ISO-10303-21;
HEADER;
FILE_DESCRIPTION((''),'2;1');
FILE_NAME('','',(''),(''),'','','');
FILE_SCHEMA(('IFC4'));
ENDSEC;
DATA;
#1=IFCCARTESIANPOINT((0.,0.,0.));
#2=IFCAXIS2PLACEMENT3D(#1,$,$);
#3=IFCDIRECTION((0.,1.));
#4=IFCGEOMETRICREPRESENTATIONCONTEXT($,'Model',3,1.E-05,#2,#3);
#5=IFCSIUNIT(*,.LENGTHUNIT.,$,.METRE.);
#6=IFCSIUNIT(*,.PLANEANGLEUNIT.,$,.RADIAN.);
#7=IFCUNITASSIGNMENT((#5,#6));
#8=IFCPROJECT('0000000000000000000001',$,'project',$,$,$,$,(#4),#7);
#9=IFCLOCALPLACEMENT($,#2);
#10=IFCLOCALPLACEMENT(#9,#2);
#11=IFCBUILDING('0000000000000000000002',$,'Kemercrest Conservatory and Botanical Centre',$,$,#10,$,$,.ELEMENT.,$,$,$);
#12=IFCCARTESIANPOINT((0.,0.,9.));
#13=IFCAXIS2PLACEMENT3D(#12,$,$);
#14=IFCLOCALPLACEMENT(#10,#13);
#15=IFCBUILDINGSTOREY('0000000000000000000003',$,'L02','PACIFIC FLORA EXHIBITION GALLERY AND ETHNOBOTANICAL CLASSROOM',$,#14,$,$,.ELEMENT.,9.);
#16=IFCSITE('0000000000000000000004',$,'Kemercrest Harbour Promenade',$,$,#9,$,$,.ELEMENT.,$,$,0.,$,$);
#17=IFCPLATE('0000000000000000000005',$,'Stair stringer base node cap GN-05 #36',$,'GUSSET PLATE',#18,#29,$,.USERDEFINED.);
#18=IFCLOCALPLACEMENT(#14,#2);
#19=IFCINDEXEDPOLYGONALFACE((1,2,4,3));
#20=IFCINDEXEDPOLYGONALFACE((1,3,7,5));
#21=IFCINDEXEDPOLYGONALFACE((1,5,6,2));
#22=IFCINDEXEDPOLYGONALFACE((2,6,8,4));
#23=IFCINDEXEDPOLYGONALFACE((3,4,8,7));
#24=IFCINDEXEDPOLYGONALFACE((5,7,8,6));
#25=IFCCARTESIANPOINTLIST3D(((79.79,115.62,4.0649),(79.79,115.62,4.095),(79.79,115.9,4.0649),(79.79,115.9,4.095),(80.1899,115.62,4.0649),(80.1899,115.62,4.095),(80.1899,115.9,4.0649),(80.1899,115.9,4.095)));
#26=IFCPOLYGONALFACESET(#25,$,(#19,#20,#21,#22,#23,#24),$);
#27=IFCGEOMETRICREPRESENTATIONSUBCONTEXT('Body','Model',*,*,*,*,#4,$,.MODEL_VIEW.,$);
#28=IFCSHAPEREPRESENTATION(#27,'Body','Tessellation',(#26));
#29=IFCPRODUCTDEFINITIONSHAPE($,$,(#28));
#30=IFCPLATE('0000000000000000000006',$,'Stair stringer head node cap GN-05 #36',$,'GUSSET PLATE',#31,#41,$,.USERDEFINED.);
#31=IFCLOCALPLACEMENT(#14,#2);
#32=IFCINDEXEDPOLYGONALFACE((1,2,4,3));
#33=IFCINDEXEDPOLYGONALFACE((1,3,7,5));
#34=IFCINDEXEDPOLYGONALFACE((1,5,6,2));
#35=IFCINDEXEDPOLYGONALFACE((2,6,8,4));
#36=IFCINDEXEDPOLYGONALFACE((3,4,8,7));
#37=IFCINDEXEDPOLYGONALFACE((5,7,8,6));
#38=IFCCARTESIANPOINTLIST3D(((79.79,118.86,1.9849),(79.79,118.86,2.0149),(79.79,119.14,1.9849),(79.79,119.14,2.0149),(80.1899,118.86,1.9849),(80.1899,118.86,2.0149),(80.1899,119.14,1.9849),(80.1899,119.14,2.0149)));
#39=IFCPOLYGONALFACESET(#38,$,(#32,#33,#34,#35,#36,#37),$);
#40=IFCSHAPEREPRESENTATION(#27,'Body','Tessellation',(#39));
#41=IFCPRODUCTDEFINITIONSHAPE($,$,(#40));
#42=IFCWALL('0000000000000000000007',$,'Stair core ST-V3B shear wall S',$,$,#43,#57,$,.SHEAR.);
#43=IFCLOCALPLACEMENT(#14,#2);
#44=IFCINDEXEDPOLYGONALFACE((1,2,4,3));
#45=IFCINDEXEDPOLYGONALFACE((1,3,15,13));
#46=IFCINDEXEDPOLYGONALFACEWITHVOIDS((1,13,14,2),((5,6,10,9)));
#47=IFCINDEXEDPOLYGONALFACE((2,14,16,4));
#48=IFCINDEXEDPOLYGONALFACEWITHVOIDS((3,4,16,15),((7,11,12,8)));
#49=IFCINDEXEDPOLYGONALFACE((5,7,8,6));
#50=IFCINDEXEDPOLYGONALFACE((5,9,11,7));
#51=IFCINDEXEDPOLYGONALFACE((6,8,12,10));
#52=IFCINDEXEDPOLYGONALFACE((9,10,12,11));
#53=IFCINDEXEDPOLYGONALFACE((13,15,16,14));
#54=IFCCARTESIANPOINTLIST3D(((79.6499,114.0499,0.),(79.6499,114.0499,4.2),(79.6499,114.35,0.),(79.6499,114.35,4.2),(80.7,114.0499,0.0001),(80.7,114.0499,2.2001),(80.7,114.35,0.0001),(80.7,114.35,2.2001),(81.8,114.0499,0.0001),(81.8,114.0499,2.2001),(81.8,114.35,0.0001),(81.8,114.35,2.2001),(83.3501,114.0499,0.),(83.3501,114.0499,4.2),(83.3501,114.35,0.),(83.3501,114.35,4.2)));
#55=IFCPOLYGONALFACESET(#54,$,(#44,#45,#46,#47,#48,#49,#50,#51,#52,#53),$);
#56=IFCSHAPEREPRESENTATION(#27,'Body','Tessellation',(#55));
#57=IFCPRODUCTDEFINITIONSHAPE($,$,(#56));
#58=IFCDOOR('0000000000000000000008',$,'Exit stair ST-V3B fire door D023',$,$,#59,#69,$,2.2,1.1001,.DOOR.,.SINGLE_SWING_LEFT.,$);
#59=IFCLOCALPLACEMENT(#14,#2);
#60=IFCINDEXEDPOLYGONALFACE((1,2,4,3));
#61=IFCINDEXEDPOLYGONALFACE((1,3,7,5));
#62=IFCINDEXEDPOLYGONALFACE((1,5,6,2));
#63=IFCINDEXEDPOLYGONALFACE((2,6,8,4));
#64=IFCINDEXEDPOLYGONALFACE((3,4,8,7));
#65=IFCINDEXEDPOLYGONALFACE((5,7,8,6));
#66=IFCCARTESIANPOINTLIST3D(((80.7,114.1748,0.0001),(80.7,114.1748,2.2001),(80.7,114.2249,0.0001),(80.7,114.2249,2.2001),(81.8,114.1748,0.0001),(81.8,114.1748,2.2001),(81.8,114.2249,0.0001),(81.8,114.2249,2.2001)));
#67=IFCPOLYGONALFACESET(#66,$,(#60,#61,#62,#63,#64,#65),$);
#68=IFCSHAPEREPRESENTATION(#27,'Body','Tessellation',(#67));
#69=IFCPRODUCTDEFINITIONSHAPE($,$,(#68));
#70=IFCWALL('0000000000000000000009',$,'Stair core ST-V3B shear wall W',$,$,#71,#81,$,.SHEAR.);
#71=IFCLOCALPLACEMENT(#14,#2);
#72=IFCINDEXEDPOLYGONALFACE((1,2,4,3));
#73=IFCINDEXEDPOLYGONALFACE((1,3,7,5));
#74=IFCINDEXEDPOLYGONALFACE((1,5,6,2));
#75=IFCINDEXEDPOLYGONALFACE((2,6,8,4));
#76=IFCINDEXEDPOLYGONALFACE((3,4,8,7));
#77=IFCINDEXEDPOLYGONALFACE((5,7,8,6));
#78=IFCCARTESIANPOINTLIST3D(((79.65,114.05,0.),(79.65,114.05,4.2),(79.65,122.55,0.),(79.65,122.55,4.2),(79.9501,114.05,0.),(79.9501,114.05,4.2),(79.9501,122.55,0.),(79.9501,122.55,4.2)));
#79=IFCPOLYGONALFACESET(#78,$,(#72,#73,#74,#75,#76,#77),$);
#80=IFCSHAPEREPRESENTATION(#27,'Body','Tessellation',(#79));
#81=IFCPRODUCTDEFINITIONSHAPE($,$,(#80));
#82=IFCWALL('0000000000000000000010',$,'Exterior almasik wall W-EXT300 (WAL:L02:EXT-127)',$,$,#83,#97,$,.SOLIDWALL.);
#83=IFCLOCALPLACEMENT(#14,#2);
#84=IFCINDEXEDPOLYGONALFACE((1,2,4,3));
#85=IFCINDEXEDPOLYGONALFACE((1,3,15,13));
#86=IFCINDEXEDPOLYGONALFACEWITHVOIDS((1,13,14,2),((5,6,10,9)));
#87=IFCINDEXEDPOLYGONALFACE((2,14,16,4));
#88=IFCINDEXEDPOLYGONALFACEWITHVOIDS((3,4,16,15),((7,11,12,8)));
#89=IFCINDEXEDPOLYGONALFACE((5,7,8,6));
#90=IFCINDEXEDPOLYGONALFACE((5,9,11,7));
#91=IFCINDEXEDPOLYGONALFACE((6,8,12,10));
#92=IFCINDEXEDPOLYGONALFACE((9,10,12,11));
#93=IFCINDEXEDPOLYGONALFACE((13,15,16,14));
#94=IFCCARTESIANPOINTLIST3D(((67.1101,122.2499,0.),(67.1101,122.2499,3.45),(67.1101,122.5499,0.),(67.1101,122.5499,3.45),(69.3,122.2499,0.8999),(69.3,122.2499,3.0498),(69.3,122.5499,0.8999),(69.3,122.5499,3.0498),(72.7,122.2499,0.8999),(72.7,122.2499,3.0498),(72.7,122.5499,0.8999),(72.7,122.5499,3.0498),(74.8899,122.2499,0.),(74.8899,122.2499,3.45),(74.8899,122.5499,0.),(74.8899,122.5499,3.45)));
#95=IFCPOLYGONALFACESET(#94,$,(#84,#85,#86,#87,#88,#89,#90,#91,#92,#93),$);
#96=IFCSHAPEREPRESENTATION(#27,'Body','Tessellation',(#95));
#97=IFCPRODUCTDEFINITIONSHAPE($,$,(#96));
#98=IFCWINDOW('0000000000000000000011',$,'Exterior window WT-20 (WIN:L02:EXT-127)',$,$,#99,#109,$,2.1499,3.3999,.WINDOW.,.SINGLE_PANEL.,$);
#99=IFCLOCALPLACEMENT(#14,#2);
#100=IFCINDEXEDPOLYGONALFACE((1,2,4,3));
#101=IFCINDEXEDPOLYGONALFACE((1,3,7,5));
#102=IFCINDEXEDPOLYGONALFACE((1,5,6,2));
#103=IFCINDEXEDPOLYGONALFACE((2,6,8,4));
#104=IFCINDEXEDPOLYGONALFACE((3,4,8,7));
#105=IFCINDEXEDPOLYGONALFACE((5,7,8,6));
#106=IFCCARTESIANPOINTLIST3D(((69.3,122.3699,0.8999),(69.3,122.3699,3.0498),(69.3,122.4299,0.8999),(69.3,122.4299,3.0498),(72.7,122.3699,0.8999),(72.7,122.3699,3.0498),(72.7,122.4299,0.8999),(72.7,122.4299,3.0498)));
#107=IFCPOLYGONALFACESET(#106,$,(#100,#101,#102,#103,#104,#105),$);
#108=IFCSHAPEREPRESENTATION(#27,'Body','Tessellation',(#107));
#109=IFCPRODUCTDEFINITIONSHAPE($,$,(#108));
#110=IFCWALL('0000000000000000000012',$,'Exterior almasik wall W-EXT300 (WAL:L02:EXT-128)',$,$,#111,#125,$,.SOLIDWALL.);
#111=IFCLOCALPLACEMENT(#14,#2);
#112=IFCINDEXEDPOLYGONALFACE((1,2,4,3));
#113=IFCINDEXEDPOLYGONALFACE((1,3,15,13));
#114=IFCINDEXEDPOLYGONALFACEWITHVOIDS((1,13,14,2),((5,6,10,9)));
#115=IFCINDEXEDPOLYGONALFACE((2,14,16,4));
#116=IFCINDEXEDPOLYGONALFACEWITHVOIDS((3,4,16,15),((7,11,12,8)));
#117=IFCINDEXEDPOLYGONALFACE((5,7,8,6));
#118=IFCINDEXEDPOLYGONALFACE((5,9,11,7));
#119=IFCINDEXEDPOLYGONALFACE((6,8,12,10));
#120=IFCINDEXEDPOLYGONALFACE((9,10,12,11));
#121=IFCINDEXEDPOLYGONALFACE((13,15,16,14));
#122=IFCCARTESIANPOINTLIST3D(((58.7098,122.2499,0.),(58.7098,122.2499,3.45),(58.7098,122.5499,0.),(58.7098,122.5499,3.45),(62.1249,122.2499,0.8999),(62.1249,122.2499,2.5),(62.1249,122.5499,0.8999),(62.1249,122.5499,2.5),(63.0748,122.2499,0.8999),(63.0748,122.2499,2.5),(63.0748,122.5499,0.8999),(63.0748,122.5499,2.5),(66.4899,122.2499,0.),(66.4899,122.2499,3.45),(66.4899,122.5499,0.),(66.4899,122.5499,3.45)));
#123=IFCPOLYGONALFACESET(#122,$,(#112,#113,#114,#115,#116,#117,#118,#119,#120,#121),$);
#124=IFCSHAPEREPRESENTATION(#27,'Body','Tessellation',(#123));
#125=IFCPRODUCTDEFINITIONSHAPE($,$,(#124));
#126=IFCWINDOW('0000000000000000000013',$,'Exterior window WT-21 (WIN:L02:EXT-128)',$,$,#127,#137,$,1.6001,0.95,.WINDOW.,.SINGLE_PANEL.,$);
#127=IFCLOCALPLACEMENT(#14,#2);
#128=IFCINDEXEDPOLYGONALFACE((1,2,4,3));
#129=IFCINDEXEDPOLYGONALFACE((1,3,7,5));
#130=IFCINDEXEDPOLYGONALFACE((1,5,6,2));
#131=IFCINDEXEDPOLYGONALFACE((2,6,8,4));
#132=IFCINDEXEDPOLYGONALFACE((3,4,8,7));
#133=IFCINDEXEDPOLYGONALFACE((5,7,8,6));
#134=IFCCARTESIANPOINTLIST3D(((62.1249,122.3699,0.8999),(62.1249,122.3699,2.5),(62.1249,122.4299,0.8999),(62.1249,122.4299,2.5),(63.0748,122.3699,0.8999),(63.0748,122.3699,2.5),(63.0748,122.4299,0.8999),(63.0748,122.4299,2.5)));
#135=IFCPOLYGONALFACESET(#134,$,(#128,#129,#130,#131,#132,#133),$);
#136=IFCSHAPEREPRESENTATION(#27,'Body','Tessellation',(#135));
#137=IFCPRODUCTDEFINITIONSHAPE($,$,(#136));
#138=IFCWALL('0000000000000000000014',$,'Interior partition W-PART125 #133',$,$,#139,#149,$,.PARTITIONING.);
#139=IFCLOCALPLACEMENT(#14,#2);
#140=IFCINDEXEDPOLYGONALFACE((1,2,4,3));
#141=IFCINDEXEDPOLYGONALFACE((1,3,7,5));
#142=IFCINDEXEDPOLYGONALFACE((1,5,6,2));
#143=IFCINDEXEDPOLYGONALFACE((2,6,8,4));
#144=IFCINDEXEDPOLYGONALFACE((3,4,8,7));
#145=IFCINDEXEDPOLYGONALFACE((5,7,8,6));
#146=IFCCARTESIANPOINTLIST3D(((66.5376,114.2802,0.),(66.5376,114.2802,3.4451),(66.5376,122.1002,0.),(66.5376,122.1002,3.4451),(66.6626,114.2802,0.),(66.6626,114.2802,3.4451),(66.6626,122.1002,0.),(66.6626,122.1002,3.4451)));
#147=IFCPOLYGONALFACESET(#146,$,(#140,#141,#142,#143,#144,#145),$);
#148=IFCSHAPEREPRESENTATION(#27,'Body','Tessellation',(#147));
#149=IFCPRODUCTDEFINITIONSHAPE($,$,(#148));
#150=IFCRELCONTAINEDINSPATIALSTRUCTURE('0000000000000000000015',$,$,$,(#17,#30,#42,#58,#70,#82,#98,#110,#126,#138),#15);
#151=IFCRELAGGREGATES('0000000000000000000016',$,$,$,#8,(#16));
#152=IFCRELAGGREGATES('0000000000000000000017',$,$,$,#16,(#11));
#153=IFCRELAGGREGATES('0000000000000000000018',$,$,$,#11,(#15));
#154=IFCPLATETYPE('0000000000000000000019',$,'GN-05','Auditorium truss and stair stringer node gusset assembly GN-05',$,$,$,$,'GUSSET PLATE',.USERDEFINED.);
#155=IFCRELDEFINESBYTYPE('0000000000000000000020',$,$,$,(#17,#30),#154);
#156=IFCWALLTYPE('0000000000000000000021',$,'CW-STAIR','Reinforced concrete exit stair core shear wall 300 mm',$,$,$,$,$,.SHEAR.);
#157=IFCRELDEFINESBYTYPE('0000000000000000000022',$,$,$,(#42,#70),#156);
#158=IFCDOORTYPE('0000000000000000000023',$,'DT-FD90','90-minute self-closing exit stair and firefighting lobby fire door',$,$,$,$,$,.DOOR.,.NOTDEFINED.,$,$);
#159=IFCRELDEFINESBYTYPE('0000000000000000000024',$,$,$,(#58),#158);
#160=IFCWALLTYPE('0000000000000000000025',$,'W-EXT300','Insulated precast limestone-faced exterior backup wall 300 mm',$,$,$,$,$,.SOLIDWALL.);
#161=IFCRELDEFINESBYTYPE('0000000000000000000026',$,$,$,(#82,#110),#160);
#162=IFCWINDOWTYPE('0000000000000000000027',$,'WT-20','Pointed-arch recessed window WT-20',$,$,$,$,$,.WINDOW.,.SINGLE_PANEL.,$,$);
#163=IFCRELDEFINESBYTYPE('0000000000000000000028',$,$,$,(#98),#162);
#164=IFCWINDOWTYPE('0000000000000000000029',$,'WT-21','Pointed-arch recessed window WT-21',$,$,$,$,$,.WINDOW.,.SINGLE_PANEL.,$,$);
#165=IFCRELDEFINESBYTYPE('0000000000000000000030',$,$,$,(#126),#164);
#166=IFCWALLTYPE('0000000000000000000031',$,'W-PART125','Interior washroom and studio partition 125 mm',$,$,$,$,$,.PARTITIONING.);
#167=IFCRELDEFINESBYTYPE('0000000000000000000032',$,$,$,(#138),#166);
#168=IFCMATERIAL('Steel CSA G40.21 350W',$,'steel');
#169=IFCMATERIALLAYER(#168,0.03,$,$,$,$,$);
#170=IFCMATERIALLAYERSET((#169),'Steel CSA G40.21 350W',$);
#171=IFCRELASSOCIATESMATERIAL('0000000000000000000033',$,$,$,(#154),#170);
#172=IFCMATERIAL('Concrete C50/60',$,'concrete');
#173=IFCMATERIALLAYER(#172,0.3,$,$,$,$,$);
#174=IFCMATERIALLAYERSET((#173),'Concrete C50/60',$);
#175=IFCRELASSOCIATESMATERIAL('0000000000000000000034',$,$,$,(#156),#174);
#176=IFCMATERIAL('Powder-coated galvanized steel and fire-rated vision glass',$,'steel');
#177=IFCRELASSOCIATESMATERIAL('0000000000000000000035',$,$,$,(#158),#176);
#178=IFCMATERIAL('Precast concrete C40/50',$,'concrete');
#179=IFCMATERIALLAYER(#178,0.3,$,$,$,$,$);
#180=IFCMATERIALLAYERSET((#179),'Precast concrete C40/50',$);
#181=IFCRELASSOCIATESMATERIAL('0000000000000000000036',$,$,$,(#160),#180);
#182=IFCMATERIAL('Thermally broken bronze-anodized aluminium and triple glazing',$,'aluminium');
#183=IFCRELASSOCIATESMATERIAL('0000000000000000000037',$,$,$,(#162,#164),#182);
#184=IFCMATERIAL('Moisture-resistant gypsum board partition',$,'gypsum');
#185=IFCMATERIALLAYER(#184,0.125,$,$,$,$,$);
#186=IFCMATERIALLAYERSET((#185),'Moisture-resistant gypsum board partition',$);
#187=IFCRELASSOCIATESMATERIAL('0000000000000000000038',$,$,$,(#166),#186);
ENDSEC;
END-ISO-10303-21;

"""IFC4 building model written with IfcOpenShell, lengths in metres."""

from ifc_helpers import new_model, si_unit, direction, frame, frame_2d, origin, origin_2d, place, context, subcontext, project, spatial, rectangle, extrude, material, layer, layer_set, type_object, element, fill, save


model = new_model("IFC4")

# Units and contexts
model_context = context("Model", 3, precision=1e-05, world=origin(), true_north=direction((0.0, 1.0)))
body_context = subcontext(model_context, "Body", "Model", "MODEL_VIEW")
ifc_project = project(units=[si_unit("LENGTHUNIT", "METRE"), si_unit("PLANEANGLEUNIT", "RADIAN")], contexts=[model_context])

# Site, building, storey
site_placement = place(None, origin())
site = spatial("IfcSite", under=ifc_project, at=site_placement, Name="Kemercrest Harbour Promenade", CompositionType="ELEMENT", RefElevation=0.0)
building_placement = place(site_placement, origin())
building = spatial("IfcBuilding", under=site, at=building_placement, Name="Kemercrest Conservatory and Botanical Centre", CompositionType="ELEMENT")
storey_placement = place(building_placement, frame((0.0, 0.0, 9.0)))
storey = spatial("IfcBuildingStorey", under=building, at=storey_placement, Name="L02", Description="PACIFIC FLORA EXHIBITION GALLERY AND ETHNOBOTANICAL CLASSROOM", CompositionType="ELEMENT", Elevation=9.0)

# Shared definitions
ifc_material_1 = material(Name="Precast concrete C40/50", Category="concrete")

# Shared definitions
ifc_material_2 = material(Name="Steel CSA G40.21 350W", Category="steel")

# Plates
ifc_layer_1 = layer(ifc_material_2, 0.03)
ifc_layer_set_1 = layer_set([ifc_layer_1], Name="Steel CSA G40.21 350W")
plate_type = type_object("IfcPlateType", Name="GN-05", Description="Auditorium truss and stair stringer node gusset assembly GN-05", ElementType="GUSSET PLATE", PredefinedType="USERDEFINED", material=ifc_layer_set_1)
for number, where, z_axis, x_axis, name in (
    (1, (79.99, 115.76, 4.0649), (0.0, 0.0, 1.0), (1.0, 0.0, 0.0), "Stair stringer base node cap GN-05 #36"),
    (2, (79.99, 119.0, 1.9849), (0.0, 0.0, 1.0), (1.0, 0.0, 0.0), "Stair stringer head node cap GN-05 #36"),
):
    element("IfcPlate", number, at=place(storey_placement, frame(where, z_axis=z_axis, x_axis=x_axis)), inside=storey, type_object=plate_type, Name=name, ObjectType="GUSSET PLATE", PredefinedType="USERDEFINED", context=body_context, shape_type="SweptSolid", body=[
        extrude(rectangle(XDim=0.3999, YDim=0.28, at=origin_2d()), origin(), (0.0, 0.0, 1.0), 0.03),
    ])

# Wall, opening, door
ifc_material_3 = material(Name="Concrete C50/60", Category="concrete")
ifc_layer_2 = layer(ifc_material_3, 0.3)
ifc_layer_set_2 = layer_set([ifc_layer_2], Name="Concrete C50/60")
wall_type_1 = type_object("IfcWallType", Name="CW-STAIR", Description="Reinforced concrete exit stair core shear wall 300 mm", PredefinedType="SHEAR", material=ifc_layer_set_2)
wall_1_placement = place(storey_placement, frame((79.6499, 114.2, 0.0), z_axis=(0.0, 0.0, 1.0), x_axis=(1.0, 0.0, 0.0)))
wall_1 = element("IfcWall", 3, at=wall_1_placement, inside=storey, type_object=wall_type_1, Name="Stair core ST-V3B shear wall S", PredefinedType="SHEAR", context=body_context, shape_type="SweptSolid", body=[
    extrude(rectangle(XDim=3.7002, YDim=0.3, at=frame_2d((1.8501, 0.0))), origin(), (0.0, 0.0, 1.0), 4.2),
])
opening_1_placement = place(wall_1_placement, frame((1.05, 0.0, 0.0)))
opening_1 = element("IfcOpeningElement", 4, at=opening_1_placement, cuts=wall_1, PredefinedType="OPENING", context=body_context, shape_type="SweptSolid", body=[
    extrude(rectangle(XDim=1.1001, YDim=2.2, at=frame_2d((0.55, 1.1001))), frame((0.0, 0.1602, 0.0), z_axis=(0.0, -1.0, 0.0), x_axis=(1.0, 0.0, 0.0)), (0.0, 0.0, 1.0), 0.3201),
])
ifc_material_4 = material(Name="Powder-coated galvanized steel and fire-rated vision glass", Category="steel")
door_type_1 = type_object("IfcDoorType", Name="DT-FD90", Description="90-minute self-closing exit stair and firefighting lobby fire door", OperationType="NOTDEFINED", PredefinedType="DOOR", material=ifc_material_4)
door_1_placement = place(opening_1_placement, origin())
door_1 = element("IfcDoor", 5, at=door_1_placement, inside=storey, type_object=door_type_1, Name="Exit stair ST-V3B fire door D023", OperationType="SINGLE_SWING_LEFT", OverallHeight=2.2, OverallWidth=1.1001, PredefinedType="DOOR", context=body_context, shape_type="SweptSolid", body=[
    extrude(rectangle(XDim=1.1001, YDim=2.2, at=frame_2d((0.55, 1.1001))), frame((0.0, 0.0249, 0.0), z_axis=(0.0, -1.0, 0.0), x_axis=(1.0, 0.0, 0.0)), (0.0, 0.0, 1.0), 0.05),
])
fill(opening_1, door_1)

# Wall
wall_2_placement = place(storey_placement, frame((79.8, 114.05, 0.0), z_axis=(0.0, 0.0, 1.0), x_axis=(0.0, 1.0, 0.0)))
element("IfcWall", 6, at=wall_2_placement, inside=storey, type_object=wall_type_1, Name="Stair core ST-V3B shear wall W", PredefinedType="SHEAR", context=body_context, shape_type="SweptSolid", body=[
    extrude(rectangle(XDim=8.5, YDim=0.3, at=frame_2d((4.25, 0.0))), origin(), (0.0, 0.0, 1.0), 4.2),
])

# Walls, openings, windows
ifc_layer_3 = layer(ifc_material_1, 0.3)
ifc_layer_set_3 = layer_set([ifc_layer_3], Name="Precast concrete C40/50")
wall_type_2 = type_object("IfcWallType", Name="W-EXT300", Description="Insulated precast limestone-faced exterior backup wall 300 mm", PredefinedType="SOLIDWALL", material=ifc_layer_set_3)
wall_3_placement = place(storey_placement, frame((74.8899, 122.3999, 0.0), z_axis=(0.0, 0.0, 1.0), x_axis=(-1.0, 0.0, 0.0)))
wall_3 = element("IfcWall", 7, at=wall_3_placement, inside=storey, type_object=wall_type_2, Name="Exterior almasik wall W-EXT300 (WAL:L02:EXT-127)", PredefinedType="SOLIDWALL", context=body_context, shape_type="SweptSolid", body=[
    extrude(rectangle(XDim=7.7798, YDim=0.3, at=frame_2d((3.8899, 0.0))), origin(), (0.0, 0.0, 1.0), 3.45),
])
opening_2_placement = place(wall_3_placement, frame((2.1899, 0.0, 0.8999)))
opening_2 = element("IfcOpeningElement", 8, at=opening_2_placement, cuts=wall_3, PredefinedType="OPENING", context=body_context, shape_type="SweptSolid", body=[
    extrude(rectangle(XDim=3.3999, YDim=2.1499, at=frame_2d((1.7, 1.075))), frame((0.0, 0.1602, 0.0), z_axis=(0.0, -1.0, 0.0), x_axis=(1.0, 0.0, 0.0)), (0.0, 0.0, 1.0), 0.3201),
])
ifc_material_5 = material(Name="Thermally broken bronze-anodized aluminium and triple glazing", Category="aluminium")
window_type_1 = type_object("IfcWindowType", Name="WT-20", Description="Pointed-arch recessed window WT-20", PartitioningType="SINGLE_PANEL", PredefinedType="WINDOW", material=ifc_material_5)
window_1_placement = place(opening_2_placement, origin())
window_1 = element("IfcWindow", 9, at=window_1_placement, inside=storey, type_object=window_type_1, Name="Exterior window WT-20 (WIN:L02:EXT-127)", OverallHeight=2.1499, OverallWidth=3.3999, PartitioningType="SINGLE_PANEL", PredefinedType="WINDOW", context=body_context, shape_type="SweptSolid", body=[
    extrude(rectangle(XDim=3.3999, YDim=2.1499, at=frame_2d((1.7, 1.075))), frame((0.0, 0.03, 0.0), z_axis=(0.0, -1.0, 0.0), x_axis=(1.0, 0.0, 0.0)), (0.0, 0.0, 1.0), 0.0601),
])
fill(opening_2, window_1)
wall_4_placement = place(storey_placement, frame((66.49, 122.3999, 0.0), z_axis=(0.0, 0.0, 1.0), x_axis=(-1.0, 0.0, 0.0)))
wall_4 = element("IfcWall", 10, at=wall_4_placement, inside=storey, type_object=wall_type_2, Name="Exterior almasik wall W-EXT300 (WAL:L02:EXT-128)", PredefinedType="SOLIDWALL", context=body_context, shape_type="SweptSolid", body=[
    extrude(rectangle(XDim=7.78, YDim=0.3, at=frame_2d((3.8901, 0.0))), origin(), (0.0, 0.0, 1.0), 3.45),
])
opening_3_placement = place(wall_4_placement, frame((3.415, 0.0, 0.8999)))
opening_3 = element("IfcOpeningElement", 11, at=opening_3_placement, cuts=wall_4, PredefinedType="OPENING", context=body_context, shape_type="SweptSolid", body=[
    extrude(rectangle(XDim=0.95, YDim=1.6001, at=frame_2d((0.4751, 0.8))), frame((0.0, 0.1602, 0.0), z_axis=(0.0, -1.0, 0.0), x_axis=(1.0, 0.0, 0.0)), (0.0, 0.0, 1.0), 0.3201),
])
window_type_2 = type_object("IfcWindowType", Name="WT-21", Description="Pointed-arch recessed window WT-21", PartitioningType="SINGLE_PANEL", PredefinedType="WINDOW", material=ifc_material_5)
window_2_placement = place(opening_3_placement, origin())
window_2 = element("IfcWindow", 12, at=window_2_placement, inside=storey, type_object=window_type_2, Name="Exterior window WT-21 (WIN:L02:EXT-128)", OverallHeight=1.6001, OverallWidth=0.95, PartitioningType="SINGLE_PANEL", PredefinedType="WINDOW", context=body_context, shape_type="SweptSolid", body=[
    extrude(rectangle(XDim=0.95, YDim=1.6001, at=frame_2d((0.4751, 0.8))), frame((0.0, 0.03, 0.0), z_axis=(0.0, -1.0, 0.0), x_axis=(1.0, 0.0, 0.0)), (0.0, 0.0, 1.0), 0.0601),
])
fill(opening_3, window_2)

# Wall
ifc_material_6 = material(Name="Moisture-resistant gypsum board partition", Category="gypsum")
ifc_layer_4 = layer(ifc_material_6, 0.125)
ifc_layer_set_4 = layer_set([ifc_layer_4], Name="Moisture-resistant gypsum board partition")
wall_type_3 = type_object("IfcWallType", Name="W-PART125", Description="Interior washroom and studio partition 125 mm", PredefinedType="PARTITIONING", material=ifc_layer_set_4)
wall_5_placement = place(storey_placement, frame((66.6001, 114.28, 0.0), z_axis=(0.0, 0.0, 1.0), x_axis=(0.0, 1.0, 0.0)))
element("IfcWall", 13, at=wall_5_placement, inside=storey, type_object=wall_type_3, Name="Interior partition W-PART125 #133", PredefinedType="PARTITIONING", context=body_context, shape_type="SweptSolid", body=[
    extrude(rectangle(XDim=7.8201, YDim=0.125, at=frame_2d((3.9102, 0.0))), origin(), (0.0, 0.0, 1.0), 3.4451),
])

save(model, "model.ifc")
